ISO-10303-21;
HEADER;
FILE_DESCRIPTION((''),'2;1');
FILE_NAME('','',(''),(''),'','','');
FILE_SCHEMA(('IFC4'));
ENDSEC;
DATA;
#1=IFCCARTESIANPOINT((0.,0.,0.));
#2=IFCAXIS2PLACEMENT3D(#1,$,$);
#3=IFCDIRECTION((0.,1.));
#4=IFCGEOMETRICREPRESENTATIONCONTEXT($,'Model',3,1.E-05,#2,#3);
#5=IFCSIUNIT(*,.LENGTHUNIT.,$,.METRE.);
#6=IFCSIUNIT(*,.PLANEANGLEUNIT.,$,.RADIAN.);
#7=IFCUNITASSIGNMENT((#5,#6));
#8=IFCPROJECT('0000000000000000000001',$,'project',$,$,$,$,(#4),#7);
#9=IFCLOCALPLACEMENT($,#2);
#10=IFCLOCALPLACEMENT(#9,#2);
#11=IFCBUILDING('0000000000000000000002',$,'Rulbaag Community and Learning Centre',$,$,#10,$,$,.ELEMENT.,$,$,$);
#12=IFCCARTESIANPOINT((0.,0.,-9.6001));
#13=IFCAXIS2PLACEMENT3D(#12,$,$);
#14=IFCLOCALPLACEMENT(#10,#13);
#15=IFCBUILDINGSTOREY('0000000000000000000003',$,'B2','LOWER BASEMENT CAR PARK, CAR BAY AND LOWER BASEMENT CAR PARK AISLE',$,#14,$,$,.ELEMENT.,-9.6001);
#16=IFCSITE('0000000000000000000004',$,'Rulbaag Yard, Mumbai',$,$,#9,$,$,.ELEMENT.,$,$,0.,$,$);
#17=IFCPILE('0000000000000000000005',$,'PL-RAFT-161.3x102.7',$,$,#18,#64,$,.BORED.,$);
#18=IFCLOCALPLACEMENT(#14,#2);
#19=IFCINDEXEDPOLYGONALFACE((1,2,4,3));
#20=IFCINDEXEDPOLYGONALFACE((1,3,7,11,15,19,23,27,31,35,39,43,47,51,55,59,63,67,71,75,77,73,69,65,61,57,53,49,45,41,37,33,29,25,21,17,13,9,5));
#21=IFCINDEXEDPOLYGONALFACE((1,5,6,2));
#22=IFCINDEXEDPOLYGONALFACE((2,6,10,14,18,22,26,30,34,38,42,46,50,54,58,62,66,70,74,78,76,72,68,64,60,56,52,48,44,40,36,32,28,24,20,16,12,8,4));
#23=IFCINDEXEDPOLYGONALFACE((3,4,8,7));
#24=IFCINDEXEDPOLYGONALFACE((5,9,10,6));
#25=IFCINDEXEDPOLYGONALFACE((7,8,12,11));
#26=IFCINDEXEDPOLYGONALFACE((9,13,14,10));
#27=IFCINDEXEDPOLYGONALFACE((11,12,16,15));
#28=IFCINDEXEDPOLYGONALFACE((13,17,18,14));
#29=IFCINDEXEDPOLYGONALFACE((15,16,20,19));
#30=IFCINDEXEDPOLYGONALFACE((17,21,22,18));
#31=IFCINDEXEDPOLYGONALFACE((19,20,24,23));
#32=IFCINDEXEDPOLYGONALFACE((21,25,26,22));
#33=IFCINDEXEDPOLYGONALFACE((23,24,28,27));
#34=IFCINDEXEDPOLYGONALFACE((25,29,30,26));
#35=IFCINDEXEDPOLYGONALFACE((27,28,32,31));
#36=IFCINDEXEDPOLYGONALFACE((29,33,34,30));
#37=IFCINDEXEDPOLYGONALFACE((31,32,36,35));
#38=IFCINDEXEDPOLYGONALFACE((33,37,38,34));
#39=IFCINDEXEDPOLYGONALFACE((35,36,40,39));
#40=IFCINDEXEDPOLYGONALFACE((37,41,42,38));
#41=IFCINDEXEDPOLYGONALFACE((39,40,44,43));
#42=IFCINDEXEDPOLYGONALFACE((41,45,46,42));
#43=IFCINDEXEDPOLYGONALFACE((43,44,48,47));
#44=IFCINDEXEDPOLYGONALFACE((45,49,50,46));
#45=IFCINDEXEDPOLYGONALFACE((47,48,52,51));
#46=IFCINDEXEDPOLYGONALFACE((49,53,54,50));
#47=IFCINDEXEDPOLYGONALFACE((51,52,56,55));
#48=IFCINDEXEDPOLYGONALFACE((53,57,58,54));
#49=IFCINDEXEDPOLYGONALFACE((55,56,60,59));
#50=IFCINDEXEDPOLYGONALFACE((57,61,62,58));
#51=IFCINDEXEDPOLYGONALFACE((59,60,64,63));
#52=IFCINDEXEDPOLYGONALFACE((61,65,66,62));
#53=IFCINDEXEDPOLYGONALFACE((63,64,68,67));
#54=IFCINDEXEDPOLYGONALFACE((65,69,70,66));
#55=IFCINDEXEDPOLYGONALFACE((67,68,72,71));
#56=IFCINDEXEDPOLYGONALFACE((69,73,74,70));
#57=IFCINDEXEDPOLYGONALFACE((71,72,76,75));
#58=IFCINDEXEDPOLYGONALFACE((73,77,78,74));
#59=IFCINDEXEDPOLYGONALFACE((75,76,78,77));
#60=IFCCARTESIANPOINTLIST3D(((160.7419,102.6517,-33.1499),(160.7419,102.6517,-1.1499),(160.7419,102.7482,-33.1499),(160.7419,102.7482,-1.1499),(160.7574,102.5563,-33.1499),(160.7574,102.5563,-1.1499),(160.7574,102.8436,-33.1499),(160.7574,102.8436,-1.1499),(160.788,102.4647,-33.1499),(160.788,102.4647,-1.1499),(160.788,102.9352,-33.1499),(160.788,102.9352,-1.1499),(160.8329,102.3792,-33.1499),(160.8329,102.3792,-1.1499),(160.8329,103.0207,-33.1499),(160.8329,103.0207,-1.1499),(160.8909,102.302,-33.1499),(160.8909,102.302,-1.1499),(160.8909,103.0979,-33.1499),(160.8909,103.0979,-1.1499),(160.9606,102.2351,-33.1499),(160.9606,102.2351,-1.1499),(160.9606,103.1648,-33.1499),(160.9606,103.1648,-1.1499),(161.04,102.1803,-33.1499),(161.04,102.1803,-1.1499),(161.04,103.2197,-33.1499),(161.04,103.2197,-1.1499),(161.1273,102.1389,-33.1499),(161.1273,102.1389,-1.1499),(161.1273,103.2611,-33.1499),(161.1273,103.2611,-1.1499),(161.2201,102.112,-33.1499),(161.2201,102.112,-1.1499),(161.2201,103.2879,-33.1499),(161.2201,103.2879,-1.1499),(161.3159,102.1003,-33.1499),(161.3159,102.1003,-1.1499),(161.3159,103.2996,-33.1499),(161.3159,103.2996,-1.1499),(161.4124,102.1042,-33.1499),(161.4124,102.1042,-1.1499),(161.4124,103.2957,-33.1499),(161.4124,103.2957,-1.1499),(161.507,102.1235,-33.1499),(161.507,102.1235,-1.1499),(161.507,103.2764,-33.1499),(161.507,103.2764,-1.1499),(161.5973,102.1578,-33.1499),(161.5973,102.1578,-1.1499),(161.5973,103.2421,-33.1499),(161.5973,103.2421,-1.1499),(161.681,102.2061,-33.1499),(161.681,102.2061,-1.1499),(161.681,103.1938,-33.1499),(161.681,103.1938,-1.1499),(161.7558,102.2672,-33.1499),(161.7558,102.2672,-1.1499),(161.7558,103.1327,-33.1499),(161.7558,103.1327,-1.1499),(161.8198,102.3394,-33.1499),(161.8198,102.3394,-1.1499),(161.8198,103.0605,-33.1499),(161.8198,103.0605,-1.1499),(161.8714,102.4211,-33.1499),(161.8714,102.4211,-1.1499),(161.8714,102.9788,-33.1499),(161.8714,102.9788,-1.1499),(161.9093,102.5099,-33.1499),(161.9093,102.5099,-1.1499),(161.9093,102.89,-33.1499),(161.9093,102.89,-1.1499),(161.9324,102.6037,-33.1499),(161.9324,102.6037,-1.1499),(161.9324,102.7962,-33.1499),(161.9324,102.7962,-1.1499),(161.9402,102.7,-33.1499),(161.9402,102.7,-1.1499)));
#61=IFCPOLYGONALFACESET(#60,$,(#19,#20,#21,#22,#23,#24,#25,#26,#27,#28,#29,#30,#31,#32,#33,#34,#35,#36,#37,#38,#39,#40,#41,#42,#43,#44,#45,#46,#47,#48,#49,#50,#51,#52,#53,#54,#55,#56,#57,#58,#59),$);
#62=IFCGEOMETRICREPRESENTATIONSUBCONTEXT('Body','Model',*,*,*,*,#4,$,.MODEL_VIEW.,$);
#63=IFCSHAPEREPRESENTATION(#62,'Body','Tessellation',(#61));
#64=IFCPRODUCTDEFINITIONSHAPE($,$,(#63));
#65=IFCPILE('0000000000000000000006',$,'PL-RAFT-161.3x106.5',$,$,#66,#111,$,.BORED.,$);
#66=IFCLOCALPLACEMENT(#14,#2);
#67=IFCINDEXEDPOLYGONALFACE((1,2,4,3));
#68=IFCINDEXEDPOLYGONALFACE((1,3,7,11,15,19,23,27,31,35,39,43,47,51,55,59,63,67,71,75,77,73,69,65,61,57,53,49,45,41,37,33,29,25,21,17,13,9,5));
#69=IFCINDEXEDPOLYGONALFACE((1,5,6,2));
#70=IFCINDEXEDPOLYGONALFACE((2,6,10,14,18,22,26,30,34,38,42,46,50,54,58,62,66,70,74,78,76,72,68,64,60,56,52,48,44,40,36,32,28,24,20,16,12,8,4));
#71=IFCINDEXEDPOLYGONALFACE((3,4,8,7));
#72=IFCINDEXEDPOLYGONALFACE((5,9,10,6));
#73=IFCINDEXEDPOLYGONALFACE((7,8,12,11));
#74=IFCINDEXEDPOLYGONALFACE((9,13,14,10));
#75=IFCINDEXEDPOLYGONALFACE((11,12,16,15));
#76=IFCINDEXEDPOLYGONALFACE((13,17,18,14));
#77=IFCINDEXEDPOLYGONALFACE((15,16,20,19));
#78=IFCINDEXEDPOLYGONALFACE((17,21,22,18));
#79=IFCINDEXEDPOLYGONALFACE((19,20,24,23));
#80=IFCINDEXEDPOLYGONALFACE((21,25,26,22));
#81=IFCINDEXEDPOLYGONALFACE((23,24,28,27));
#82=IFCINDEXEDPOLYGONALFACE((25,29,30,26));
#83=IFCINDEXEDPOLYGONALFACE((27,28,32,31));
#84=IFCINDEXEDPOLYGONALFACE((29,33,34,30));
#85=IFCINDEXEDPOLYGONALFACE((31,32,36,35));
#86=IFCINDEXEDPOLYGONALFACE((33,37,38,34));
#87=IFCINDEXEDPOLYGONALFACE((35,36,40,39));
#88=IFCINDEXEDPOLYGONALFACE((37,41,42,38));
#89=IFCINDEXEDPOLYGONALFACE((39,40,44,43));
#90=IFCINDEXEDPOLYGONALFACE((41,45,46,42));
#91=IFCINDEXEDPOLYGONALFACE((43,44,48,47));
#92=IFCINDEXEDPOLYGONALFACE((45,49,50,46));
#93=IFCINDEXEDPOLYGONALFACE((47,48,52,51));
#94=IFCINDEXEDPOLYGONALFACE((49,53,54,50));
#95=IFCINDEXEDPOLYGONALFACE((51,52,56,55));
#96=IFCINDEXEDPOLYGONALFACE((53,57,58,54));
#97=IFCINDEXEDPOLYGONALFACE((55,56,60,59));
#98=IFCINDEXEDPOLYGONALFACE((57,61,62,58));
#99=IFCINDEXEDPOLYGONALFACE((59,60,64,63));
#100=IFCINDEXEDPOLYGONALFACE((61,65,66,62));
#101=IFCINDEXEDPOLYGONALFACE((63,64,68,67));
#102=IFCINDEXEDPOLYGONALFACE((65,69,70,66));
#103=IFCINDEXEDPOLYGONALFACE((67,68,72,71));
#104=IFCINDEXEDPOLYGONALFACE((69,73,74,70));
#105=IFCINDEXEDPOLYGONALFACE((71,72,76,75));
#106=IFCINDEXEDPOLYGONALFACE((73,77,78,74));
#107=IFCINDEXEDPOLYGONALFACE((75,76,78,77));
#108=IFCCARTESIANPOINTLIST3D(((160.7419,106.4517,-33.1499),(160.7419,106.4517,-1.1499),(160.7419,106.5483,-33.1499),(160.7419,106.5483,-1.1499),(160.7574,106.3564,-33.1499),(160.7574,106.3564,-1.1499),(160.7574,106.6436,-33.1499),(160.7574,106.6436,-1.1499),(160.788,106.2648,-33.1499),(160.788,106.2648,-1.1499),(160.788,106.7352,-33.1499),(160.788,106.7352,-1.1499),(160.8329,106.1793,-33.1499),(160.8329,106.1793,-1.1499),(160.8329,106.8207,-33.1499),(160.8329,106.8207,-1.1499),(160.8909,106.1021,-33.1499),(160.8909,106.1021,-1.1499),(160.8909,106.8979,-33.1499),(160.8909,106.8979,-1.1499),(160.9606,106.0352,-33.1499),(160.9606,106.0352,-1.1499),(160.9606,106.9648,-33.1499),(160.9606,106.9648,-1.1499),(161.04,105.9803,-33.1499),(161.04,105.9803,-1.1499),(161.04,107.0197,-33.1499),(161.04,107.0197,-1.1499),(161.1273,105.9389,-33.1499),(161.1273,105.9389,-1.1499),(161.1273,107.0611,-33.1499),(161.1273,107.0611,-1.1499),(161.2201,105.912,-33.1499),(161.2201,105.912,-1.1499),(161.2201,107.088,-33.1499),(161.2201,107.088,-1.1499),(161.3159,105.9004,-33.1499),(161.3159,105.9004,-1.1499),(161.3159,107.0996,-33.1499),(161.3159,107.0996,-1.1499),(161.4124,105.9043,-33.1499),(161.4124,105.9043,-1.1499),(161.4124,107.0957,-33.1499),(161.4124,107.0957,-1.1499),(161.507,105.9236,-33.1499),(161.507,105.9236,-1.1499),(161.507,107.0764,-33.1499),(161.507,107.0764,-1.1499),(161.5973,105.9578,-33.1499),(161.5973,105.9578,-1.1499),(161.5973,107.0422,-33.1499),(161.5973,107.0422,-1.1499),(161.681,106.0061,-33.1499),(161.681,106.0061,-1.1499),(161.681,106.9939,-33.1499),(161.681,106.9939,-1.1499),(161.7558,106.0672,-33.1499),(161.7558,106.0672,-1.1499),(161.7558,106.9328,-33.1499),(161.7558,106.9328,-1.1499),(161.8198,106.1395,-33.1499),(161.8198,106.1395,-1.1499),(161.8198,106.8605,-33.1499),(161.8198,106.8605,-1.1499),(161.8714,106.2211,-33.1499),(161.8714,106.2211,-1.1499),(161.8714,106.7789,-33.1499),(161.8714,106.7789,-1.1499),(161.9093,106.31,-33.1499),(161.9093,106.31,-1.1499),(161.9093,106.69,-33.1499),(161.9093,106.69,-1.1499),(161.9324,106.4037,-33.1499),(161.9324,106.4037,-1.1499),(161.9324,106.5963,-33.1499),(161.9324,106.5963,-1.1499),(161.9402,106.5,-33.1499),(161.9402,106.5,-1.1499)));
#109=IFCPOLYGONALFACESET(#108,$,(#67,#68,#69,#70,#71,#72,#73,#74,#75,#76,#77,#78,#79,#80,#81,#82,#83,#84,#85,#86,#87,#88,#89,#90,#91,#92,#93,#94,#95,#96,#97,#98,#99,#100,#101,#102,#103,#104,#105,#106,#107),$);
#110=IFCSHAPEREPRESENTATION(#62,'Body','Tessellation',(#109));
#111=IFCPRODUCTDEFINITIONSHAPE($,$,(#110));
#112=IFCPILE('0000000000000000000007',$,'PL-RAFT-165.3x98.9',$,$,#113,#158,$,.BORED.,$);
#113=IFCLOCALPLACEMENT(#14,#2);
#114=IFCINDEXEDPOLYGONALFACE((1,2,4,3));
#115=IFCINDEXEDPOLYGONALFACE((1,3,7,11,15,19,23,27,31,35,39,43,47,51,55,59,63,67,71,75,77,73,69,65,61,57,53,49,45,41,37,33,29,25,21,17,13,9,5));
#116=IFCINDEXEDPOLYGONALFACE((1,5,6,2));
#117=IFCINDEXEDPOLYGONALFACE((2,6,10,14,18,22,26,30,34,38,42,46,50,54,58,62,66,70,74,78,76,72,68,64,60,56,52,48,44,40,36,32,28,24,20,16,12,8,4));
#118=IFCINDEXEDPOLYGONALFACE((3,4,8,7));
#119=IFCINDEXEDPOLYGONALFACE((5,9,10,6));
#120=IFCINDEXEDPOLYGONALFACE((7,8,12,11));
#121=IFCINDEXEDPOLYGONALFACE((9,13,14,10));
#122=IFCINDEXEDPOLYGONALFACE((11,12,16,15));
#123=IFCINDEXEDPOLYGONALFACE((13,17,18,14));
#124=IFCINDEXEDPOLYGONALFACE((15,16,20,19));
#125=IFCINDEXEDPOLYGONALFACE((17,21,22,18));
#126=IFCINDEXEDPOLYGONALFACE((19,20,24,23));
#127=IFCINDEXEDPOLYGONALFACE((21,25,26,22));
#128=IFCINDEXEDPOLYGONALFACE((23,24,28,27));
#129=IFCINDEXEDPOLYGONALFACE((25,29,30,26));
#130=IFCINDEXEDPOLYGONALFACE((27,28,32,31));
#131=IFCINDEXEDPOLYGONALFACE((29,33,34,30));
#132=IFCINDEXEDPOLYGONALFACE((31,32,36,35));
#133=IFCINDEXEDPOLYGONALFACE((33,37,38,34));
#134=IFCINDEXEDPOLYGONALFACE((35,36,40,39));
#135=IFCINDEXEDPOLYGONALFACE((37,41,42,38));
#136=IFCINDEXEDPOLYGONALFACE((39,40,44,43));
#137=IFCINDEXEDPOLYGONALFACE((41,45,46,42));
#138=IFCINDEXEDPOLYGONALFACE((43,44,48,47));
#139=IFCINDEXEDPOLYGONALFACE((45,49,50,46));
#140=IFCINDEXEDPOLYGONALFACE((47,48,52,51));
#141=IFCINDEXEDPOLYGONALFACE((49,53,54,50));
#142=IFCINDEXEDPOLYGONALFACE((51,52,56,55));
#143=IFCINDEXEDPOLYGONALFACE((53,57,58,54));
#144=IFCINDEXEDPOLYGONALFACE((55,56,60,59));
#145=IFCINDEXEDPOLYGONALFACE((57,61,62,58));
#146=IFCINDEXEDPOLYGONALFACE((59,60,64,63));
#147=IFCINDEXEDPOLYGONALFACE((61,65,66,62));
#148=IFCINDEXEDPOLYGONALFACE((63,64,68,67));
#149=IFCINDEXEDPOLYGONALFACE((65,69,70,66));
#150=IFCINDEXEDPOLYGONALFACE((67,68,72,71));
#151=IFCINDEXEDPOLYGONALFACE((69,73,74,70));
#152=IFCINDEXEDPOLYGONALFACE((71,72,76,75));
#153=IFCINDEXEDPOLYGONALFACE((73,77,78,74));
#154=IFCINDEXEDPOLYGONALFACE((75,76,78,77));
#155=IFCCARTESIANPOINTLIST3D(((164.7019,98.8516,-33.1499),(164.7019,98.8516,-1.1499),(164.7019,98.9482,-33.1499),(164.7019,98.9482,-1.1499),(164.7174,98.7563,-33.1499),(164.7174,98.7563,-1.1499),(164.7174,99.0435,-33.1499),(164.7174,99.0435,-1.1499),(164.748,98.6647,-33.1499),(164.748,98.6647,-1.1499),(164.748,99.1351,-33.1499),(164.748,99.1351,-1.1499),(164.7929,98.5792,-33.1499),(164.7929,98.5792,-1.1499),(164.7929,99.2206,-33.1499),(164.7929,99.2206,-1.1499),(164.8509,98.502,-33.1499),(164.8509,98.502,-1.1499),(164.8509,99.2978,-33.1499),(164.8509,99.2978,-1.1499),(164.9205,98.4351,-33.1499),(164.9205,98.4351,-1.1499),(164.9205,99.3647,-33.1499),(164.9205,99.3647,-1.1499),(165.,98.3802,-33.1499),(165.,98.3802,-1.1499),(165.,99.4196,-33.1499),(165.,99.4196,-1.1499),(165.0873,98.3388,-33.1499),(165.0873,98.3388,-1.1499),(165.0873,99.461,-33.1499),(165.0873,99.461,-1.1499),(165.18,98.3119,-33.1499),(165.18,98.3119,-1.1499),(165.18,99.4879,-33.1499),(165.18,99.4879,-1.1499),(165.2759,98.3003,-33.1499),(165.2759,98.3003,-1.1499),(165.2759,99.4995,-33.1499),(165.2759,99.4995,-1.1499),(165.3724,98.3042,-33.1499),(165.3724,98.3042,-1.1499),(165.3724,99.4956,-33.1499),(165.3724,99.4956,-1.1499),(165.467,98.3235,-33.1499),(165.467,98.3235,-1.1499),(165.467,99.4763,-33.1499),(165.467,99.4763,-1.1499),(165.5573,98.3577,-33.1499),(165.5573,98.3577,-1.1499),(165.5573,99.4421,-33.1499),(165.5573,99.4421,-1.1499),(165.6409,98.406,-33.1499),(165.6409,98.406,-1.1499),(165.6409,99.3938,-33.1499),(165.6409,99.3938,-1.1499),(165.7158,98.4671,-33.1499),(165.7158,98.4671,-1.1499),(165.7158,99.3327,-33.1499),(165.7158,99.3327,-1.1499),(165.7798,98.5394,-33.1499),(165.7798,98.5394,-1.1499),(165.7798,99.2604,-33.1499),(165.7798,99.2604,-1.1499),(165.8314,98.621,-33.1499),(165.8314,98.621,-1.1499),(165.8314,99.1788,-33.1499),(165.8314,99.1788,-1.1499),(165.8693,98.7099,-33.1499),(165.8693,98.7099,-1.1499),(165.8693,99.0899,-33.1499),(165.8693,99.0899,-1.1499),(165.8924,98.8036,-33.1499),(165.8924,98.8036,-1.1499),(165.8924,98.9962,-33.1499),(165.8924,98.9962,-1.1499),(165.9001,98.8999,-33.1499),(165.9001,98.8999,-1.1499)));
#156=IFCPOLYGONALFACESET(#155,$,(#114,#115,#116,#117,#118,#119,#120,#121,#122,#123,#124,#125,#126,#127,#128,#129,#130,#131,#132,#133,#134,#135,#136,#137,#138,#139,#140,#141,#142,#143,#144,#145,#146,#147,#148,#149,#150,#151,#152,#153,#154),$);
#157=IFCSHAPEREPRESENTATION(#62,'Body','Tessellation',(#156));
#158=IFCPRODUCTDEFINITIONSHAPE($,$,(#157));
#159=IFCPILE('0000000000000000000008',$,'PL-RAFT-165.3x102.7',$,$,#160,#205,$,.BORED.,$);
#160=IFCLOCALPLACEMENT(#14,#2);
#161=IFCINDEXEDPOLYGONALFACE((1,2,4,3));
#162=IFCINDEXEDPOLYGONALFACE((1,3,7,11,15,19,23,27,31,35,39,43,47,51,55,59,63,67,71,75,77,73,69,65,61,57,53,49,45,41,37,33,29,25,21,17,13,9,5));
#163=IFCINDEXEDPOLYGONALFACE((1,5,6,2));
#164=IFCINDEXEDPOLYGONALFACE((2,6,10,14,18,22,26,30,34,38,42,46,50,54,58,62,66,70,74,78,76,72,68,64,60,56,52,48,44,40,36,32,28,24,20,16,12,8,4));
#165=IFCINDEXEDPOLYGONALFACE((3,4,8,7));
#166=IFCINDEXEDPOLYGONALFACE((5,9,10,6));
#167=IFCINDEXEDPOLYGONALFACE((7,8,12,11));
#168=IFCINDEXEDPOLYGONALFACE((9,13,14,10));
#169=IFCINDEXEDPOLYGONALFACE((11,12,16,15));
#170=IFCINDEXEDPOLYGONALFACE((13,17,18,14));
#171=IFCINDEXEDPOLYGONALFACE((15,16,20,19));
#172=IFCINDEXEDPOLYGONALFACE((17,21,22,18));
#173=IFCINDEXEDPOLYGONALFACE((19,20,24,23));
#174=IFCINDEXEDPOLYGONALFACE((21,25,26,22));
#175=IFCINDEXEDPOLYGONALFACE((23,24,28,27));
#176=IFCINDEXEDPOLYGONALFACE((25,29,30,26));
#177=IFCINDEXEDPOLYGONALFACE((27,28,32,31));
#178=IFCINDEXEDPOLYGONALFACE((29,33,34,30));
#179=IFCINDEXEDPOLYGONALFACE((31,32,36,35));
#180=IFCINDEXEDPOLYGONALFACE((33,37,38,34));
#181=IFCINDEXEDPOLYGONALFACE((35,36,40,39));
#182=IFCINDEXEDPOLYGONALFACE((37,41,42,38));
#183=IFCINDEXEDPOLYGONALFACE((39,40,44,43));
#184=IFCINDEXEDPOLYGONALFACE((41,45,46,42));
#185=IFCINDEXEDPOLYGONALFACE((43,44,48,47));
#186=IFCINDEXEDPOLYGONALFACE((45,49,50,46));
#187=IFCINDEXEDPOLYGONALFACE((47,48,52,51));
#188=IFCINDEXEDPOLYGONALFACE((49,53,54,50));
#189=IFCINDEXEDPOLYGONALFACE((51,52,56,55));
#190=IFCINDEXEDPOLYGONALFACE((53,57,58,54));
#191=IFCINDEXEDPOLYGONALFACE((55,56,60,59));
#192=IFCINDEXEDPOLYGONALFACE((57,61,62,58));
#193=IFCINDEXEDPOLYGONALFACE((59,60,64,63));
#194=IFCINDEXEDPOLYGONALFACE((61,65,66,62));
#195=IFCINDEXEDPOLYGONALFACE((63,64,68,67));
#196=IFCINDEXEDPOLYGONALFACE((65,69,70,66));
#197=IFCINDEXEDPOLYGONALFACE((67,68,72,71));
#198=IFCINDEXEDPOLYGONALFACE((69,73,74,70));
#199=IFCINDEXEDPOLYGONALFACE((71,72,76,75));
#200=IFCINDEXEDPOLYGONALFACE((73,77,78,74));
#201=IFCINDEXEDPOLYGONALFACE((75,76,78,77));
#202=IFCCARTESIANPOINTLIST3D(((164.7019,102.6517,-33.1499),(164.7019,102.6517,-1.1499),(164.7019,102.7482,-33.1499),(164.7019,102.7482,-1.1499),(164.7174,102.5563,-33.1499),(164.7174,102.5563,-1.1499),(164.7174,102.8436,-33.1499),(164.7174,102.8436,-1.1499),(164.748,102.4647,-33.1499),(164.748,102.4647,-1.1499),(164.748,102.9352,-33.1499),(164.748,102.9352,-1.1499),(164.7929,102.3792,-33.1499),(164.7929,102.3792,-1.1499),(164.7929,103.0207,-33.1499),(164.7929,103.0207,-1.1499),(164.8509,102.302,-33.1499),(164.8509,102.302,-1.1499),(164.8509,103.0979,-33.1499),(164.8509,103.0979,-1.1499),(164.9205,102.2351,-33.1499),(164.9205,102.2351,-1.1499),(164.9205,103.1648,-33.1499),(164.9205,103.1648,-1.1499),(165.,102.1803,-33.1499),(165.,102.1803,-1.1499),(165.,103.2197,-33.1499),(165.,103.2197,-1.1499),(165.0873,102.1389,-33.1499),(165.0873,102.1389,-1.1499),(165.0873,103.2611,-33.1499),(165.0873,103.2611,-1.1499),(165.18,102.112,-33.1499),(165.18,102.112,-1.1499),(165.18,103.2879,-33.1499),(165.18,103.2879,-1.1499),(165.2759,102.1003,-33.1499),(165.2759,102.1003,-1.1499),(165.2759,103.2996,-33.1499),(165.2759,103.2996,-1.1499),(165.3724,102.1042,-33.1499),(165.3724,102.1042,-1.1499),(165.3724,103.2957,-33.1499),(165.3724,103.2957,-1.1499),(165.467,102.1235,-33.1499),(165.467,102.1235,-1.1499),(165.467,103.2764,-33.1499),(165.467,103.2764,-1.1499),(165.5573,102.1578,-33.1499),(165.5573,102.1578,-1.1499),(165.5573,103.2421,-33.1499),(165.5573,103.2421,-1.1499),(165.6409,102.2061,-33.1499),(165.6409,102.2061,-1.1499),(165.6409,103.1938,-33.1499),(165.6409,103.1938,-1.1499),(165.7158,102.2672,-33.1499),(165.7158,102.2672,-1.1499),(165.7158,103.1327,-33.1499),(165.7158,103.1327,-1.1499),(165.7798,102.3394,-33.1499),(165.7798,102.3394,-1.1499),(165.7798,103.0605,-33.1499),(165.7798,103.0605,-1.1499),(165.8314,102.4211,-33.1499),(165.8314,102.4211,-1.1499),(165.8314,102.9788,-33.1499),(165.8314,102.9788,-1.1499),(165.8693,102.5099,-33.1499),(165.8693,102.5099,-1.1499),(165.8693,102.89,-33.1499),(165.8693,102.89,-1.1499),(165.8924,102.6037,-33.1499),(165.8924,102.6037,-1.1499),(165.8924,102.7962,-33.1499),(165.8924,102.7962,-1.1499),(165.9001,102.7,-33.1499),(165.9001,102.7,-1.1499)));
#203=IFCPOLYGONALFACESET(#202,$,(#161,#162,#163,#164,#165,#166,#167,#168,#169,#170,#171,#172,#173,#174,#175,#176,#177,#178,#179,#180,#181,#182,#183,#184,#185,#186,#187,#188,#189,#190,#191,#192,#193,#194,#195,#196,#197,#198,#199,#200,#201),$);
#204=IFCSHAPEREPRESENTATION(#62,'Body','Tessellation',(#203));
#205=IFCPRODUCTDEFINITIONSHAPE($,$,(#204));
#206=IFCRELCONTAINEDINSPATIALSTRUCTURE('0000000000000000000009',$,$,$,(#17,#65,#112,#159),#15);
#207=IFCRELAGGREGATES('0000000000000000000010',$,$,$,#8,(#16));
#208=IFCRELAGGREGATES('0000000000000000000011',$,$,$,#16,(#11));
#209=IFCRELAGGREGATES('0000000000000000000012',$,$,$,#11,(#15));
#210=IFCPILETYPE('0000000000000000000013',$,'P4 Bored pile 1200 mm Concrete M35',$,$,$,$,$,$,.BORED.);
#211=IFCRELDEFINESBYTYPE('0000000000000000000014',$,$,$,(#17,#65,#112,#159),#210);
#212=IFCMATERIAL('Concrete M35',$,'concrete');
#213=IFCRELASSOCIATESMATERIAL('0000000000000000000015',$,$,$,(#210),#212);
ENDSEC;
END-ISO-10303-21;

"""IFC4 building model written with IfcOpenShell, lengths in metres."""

from ifc_helpers import new_model, si_unit, direction, frame, origin, origin_2d, place, context, subcontext, project, spatial, circle, extrude, material, material_profile, profile_set, type_object, element, save


model = new_model("IFC4")

# Units and contexts
model_context = context("Model", 3, precision=1e-05, world=origin(), true_north=direction((0.0, 1.0)))
body_context = subcontext(model_context, "Body", "Model", "MODEL_VIEW")
ifc_project = project(units=[si_unit("LENGTHUNIT", "METRE"), si_unit("PLANEANGLEUNIT", "RADIAN")], contexts=[model_context])

# Site, building, storey
site_placement = place(None, origin())
site = spatial("IfcSite", under=ifc_project, at=site_placement, Name="Rulbaag Yard, Mumbai", CompositionType="ELEMENT", RefElevation=0.0)
building_placement = place(site_placement, origin())
building = spatial("IfcBuilding", under=site, at=building_placement, Name="Rulbaag Community and Learning Centre", CompositionType="ELEMENT")
storey_placement = place(building_placement, frame((0.0, 0.0, -9.6001)))
storey = spatial("IfcBuildingStorey", under=building, at=storey_placement, Name="B2", Description="LOWER BASEMENT CAR PARK, CAR BAY AND LOWER BASEMENT CAR PARK AISLE", CompositionType="ELEMENT", Elevation=-9.6001)

# Piles
ifc_material_1 = material(Name="Concrete M35", Category="concrete")
ifc_material_profile_1 = material_profile(ifc_material_1, circle(Radius=0.6001, at=origin_2d()), Name="BP1200")
ifc_profile_set_1 = profile_set([ifc_material_profile_1], Name="Concrete M35")
pile_type_1 = type_object("IfcPileType", Name="P4 Bored pile 1200 mm Concrete M35", PredefinedType="BORED", material=ifc_profile_set_1)
for number, where, z_axis, x_axis, name in (
    (1, (161.3401, 102.7, -1.1499), (0.0, 0.0, -1.0), (1.0, 0.0, 0.0), "PL-RAFT-161.3x102.7"),
    (2, (161.3401, 106.5, -1.1499), (0.0, 0.0, -1.0), (1.0, 0.0, 0.0), "PL-RAFT-161.3x106.5"),
    (3, (165.3, 98.8999, -1.1499), (0.0, 0.0, -1.0), (1.0, 0.0, 0.0), "PL-RAFT-165.3x98.9"),
    (4, (165.3, 102.7, -1.1499), (0.0, 0.0, -1.0), (1.0, 0.0, 0.0), "PL-RAFT-165.3x102.7"),
):
    element("IfcPile", number, at=place(storey_placement, frame(where, z_axis=z_axis, x_axis=x_axis)), inside=storey, type_object=pile_type_1, Name=name, PredefinedType="BORED", context=body_context, shape_type="SweptSolid", body=[
        extrude(circle(Radius=0.6001, at=origin_2d()), origin(), (0.0, 0.0, 1.0), 32.0),
    ])

save(model, "model.ifc")
